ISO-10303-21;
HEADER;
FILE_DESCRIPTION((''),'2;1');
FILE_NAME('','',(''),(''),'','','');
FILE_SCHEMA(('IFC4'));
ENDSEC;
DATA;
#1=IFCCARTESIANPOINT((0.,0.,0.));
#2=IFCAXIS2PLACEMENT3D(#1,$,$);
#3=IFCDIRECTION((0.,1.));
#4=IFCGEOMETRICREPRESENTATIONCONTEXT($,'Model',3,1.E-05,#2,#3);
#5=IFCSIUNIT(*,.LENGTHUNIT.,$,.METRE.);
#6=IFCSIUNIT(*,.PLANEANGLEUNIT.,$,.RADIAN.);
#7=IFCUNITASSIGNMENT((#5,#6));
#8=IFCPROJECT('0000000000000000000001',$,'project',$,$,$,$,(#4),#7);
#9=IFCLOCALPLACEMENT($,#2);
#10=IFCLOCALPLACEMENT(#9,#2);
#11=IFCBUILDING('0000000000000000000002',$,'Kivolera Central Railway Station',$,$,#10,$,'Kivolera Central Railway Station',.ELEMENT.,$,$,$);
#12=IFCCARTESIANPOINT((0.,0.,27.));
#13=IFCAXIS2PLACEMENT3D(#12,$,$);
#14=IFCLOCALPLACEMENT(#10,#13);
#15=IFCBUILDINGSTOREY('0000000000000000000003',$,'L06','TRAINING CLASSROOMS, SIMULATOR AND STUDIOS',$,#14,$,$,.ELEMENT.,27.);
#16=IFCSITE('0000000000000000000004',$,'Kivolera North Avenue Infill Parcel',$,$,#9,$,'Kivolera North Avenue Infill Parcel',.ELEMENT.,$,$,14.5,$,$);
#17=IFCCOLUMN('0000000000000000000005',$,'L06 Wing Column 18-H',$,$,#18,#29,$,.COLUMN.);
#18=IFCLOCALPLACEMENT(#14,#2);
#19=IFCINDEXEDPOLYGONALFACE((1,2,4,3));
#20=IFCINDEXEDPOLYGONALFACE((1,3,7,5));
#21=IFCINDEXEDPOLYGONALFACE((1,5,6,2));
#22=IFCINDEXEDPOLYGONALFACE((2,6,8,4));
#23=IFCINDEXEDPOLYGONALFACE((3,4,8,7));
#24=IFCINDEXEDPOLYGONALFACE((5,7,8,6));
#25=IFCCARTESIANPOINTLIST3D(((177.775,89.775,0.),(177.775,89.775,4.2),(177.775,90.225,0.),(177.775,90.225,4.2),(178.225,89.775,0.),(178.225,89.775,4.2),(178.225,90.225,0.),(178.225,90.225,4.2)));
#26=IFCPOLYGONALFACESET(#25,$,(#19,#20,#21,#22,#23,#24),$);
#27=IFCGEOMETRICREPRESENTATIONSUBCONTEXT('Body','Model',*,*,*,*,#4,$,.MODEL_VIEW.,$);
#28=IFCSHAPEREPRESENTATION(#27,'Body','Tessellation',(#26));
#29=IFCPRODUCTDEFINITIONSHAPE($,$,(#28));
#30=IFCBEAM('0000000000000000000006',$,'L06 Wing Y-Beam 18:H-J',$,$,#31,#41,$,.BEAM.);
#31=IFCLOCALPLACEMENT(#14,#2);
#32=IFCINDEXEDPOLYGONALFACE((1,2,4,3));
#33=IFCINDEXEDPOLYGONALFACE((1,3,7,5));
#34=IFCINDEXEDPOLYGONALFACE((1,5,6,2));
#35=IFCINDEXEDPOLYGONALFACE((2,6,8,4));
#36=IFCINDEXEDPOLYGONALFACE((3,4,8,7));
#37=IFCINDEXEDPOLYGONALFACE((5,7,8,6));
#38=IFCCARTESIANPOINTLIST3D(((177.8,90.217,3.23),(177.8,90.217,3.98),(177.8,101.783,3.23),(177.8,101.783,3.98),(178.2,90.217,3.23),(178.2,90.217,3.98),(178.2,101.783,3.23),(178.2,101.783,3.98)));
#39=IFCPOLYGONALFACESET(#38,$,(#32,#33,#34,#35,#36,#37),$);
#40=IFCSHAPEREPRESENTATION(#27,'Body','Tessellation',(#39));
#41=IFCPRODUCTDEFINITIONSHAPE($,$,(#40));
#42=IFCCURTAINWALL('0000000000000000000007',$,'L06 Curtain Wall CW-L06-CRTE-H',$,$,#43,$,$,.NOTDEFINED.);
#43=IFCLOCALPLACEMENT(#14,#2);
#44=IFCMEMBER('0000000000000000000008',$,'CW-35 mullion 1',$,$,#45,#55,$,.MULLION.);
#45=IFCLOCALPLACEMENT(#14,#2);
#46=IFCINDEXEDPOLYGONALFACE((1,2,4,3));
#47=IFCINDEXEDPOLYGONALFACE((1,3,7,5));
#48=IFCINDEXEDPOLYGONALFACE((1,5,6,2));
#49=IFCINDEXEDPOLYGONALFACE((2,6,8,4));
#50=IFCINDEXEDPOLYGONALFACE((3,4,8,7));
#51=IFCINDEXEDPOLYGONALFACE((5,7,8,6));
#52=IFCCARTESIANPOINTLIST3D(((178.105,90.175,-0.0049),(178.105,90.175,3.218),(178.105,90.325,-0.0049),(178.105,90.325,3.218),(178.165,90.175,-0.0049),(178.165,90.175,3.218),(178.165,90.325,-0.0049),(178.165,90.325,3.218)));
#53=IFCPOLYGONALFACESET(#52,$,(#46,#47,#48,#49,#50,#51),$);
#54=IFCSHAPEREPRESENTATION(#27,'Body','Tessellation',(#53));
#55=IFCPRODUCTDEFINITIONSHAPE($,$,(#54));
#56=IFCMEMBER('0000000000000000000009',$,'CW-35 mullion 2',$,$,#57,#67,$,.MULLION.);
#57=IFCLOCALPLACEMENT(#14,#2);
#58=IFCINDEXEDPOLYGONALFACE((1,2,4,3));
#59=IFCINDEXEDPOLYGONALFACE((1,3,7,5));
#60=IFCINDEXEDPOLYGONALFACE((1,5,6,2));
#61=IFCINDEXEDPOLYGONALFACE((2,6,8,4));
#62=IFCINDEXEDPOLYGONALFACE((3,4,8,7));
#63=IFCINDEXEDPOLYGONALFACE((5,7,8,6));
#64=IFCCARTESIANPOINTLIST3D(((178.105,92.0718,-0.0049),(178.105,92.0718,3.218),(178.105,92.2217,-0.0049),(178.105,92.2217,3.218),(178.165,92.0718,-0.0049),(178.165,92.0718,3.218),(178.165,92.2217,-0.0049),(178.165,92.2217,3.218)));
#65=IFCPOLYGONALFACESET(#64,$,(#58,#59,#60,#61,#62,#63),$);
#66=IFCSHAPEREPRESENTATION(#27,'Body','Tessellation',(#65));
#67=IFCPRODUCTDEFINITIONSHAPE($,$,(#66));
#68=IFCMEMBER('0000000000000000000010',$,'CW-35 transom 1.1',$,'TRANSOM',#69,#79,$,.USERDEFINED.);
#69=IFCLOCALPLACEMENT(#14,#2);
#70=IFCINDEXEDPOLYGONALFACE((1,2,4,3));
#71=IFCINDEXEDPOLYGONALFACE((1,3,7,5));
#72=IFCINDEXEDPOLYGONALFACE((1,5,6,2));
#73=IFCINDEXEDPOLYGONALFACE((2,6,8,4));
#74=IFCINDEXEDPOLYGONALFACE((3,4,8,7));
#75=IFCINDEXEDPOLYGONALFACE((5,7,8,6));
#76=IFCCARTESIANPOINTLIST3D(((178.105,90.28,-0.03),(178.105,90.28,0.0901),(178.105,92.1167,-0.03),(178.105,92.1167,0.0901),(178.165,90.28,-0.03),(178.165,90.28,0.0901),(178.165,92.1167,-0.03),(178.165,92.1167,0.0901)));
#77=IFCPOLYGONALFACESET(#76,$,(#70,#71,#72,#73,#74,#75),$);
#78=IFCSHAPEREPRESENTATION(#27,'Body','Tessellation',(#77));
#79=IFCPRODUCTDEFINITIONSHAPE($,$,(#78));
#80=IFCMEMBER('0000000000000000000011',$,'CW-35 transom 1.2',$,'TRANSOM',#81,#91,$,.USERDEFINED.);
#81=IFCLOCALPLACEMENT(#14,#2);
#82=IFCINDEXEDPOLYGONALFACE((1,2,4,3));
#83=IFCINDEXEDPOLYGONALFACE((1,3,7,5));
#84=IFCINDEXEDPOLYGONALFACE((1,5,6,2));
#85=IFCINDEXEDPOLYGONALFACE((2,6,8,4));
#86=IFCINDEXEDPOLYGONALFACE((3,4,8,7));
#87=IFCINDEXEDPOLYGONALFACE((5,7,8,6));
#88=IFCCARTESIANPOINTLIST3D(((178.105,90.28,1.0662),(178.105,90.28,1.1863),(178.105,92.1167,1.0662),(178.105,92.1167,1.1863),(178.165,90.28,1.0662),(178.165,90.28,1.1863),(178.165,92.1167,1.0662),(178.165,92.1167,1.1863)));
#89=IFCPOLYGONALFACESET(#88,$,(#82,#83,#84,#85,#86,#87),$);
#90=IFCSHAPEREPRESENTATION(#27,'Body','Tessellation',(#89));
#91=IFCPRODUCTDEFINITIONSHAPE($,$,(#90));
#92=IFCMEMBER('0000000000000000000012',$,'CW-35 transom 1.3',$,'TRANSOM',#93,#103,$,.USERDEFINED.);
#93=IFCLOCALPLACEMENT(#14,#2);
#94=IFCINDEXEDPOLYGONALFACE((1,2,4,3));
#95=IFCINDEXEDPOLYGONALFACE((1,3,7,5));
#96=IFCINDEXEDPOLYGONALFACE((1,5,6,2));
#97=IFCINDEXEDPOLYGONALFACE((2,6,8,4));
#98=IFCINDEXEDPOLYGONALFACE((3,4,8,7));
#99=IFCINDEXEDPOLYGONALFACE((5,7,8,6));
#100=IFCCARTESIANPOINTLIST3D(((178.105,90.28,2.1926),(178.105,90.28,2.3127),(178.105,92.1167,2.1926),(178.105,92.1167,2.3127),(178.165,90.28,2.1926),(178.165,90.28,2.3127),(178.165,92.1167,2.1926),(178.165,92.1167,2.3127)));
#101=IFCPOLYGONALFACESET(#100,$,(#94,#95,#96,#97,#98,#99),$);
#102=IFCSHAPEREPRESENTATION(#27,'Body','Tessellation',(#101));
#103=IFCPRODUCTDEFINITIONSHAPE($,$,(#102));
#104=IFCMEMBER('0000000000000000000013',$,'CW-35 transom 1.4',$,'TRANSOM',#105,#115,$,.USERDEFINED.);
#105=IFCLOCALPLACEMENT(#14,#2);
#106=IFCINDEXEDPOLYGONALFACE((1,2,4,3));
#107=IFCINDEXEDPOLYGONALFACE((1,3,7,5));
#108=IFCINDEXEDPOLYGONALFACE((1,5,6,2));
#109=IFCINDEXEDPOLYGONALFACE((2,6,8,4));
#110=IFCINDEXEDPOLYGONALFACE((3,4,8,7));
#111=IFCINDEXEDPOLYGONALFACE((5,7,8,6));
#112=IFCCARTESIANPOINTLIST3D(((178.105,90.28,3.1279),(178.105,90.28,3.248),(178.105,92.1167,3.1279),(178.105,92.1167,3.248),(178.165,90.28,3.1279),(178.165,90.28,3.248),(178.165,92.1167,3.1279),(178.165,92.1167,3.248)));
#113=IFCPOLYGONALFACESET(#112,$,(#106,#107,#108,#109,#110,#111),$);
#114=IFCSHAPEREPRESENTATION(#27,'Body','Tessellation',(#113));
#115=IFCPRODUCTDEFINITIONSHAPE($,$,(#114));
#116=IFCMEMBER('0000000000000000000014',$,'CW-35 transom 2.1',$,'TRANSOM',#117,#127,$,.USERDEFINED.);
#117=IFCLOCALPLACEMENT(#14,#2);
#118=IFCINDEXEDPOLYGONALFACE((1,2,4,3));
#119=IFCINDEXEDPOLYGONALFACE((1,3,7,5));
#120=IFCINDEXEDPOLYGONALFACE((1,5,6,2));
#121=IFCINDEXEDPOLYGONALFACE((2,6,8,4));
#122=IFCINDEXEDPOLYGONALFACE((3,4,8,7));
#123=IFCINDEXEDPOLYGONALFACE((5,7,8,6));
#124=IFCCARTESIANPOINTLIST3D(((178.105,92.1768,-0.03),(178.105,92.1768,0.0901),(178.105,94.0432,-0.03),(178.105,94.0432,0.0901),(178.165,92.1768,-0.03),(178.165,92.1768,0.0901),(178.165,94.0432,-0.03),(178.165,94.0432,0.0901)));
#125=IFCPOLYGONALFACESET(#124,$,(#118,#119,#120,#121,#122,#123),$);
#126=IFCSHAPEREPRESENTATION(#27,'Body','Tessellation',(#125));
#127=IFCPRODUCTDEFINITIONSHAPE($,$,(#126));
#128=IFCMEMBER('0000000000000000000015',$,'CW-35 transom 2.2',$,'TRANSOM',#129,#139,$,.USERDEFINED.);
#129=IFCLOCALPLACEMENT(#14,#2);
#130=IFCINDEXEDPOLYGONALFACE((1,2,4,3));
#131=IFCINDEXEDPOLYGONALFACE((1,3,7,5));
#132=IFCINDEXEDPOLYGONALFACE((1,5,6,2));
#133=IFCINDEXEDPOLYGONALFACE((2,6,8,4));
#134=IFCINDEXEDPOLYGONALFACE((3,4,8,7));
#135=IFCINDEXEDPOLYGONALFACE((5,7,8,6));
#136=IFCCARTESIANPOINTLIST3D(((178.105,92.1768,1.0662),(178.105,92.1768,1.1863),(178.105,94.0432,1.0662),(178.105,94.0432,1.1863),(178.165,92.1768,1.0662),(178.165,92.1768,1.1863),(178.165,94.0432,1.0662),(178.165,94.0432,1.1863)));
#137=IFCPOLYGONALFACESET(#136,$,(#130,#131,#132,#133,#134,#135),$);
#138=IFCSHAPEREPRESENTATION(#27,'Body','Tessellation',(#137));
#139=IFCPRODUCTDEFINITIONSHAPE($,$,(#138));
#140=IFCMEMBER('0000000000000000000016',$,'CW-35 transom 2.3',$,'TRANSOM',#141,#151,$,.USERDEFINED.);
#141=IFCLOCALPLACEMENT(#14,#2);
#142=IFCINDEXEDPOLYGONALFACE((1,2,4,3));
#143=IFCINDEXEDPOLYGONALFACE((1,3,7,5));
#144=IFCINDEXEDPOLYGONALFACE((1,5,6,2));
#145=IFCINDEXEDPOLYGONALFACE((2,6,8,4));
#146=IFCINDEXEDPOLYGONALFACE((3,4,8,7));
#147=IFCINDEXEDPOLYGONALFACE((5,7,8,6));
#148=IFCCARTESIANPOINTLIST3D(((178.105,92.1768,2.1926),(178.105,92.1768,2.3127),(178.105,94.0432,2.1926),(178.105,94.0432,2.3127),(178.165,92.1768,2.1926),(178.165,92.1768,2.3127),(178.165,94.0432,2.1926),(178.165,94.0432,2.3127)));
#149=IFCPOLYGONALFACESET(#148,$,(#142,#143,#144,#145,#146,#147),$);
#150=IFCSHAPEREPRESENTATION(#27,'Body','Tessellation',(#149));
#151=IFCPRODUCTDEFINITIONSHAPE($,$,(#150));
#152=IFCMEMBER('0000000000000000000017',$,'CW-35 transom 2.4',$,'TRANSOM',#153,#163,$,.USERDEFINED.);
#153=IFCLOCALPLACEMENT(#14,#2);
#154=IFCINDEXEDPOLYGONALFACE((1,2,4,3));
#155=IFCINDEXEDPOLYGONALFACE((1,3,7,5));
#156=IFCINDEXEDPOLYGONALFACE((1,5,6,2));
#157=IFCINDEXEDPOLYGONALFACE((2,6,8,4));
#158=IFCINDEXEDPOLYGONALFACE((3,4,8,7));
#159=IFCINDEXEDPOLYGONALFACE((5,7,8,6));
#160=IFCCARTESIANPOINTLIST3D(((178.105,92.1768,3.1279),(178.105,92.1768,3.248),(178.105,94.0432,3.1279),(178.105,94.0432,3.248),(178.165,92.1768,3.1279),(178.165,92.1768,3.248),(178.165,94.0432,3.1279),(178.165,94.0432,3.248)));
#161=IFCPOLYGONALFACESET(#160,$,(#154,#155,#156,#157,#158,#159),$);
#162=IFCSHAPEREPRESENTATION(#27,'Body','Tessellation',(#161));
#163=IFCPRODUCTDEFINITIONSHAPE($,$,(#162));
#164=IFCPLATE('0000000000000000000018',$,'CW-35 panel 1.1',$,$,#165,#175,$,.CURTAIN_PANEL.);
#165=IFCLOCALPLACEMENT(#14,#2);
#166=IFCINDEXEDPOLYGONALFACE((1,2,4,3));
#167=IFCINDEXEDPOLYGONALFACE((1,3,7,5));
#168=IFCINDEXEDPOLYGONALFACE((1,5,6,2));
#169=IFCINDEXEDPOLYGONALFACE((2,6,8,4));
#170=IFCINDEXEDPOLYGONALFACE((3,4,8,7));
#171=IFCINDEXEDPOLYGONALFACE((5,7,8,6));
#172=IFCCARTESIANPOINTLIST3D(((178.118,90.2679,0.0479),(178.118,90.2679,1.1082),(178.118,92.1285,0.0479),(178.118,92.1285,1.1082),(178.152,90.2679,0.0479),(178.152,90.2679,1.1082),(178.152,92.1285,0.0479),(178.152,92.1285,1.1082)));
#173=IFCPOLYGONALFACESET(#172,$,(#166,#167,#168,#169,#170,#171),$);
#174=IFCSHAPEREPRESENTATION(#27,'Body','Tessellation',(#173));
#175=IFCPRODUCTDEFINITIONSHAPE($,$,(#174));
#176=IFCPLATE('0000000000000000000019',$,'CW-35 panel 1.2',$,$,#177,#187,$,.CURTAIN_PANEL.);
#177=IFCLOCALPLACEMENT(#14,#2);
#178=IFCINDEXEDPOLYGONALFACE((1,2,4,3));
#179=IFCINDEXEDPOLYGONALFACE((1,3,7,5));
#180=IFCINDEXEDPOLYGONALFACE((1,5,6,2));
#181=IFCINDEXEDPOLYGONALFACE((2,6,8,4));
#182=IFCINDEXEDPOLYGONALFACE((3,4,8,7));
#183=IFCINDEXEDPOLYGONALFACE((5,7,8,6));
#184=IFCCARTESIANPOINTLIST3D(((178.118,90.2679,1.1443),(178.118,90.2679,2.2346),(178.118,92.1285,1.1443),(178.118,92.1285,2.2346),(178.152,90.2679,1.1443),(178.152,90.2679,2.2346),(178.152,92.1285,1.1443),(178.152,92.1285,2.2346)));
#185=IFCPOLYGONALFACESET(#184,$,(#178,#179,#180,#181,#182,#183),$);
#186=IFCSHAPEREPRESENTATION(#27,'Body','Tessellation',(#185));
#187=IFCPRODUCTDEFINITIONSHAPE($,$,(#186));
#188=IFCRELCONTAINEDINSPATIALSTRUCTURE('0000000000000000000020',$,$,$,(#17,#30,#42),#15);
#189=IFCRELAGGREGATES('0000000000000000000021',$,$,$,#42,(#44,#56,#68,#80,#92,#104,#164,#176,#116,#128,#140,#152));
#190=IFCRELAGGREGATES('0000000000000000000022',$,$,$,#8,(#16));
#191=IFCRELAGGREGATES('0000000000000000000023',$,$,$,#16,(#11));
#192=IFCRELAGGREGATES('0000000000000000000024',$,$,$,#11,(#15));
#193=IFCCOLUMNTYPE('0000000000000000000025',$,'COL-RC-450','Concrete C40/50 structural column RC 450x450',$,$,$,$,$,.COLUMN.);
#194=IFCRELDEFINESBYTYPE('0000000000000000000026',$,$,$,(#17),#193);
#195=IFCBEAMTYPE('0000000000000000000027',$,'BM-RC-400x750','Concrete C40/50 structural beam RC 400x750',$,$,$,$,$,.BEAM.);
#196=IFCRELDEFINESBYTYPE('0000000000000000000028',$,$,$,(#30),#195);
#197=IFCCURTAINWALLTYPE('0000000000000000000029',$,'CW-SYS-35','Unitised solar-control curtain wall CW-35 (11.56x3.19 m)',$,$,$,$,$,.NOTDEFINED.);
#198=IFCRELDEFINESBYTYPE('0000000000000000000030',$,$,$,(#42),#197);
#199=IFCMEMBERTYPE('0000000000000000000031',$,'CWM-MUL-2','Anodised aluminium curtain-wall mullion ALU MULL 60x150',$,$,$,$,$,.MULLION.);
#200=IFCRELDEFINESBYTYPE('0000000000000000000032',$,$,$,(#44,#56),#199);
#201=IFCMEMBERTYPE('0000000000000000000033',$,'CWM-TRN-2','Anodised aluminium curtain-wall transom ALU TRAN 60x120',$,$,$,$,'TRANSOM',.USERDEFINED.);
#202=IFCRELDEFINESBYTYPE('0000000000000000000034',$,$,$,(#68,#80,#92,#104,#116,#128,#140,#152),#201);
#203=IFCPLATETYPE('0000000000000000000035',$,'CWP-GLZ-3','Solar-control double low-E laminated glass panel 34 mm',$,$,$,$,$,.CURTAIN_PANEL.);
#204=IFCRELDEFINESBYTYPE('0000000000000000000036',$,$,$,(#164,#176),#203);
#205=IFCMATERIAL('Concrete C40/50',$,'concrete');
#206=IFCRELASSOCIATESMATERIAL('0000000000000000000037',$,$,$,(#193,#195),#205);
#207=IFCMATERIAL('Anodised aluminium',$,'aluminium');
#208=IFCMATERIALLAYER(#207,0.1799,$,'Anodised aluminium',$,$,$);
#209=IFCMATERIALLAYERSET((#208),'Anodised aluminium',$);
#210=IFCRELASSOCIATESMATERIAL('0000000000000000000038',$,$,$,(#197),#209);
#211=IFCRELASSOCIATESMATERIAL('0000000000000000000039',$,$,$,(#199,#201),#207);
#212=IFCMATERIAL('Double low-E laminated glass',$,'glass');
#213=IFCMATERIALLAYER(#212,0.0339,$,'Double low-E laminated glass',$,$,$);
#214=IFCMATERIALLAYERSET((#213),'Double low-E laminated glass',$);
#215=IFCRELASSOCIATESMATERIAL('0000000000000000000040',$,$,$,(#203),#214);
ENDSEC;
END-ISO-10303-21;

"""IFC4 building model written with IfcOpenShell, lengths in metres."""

from ifc_helpers import new_model, si_unit, direction, frame, origin, origin_2d, place, context, subcontext, project, spatial, rectangle, extrude, material, layer, layer_set, material_profile, profile_set, type_object, element, aggregate, save


model = new_model("IFC4")

# Units and contexts
model_context = context("Model", 3, precision=1e-05, world=origin(), true_north=direction((0.0, 1.0)))
body_context = subcontext(model_context, "Body", "Model", "MODEL_VIEW")
ifc_project = project(units=[si_unit("LENGTHUNIT", "METRE"), si_unit("PLANEANGLEUNIT", "RADIAN")], contexts=[model_context])

# Site, building, storey
site_placement = place(None, origin())
site = spatial("IfcSite", under=ifc_project, at=site_placement, Name="Kivolera North Avenue Infill Parcel", LongName="Kivolera North Avenue Infill Parcel", CompositionType="ELEMENT", RefElevation=14.5)
building_placement = place(site_placement, origin())
building = spatial("IfcBuilding", under=site, at=building_placement, Name="Kivolera Central Railway Station", LongName="Kivolera Central Railway Station", CompositionType="ELEMENT")
storey_placement = place(building_placement, frame((0.0, 0.0, 27.0)))
storey = spatial("IfcBuildingStorey", under=building, at=storey_placement, Name="L06", Description="TRAINING CLASSROOMS, SIMULATOR AND STUDIOS", CompositionType="ELEMENT", Elevation=27.0)

# Column
ifc_material_1 = material(Name="Concrete C40/50", Category="concrete")
ifc_material_profile_1 = material_profile(ifc_material_1, rectangle(XDim=0.45, YDim=0.45, at=origin_2d()), Name="RC 450x450")
ifc_profile_set_1 = profile_set([ifc_material_profile_1], Name="Concrete C40/50")
column_type = type_object("IfcColumnType", Name="COL-RC-450", Description="Concrete C40/50 structural column RC 450x450", PredefinedType="COLUMN", material=ifc_profile_set_1)
column_placement = place(storey_placement, frame((178.0, 90.0, 0.0), z_axis=(0.0, 0.0, 1.0), x_axis=(1.0, 0.0, 0.0)))
element("IfcColumn", 1, at=column_placement, inside=storey, type_object=column_type, Name="L06 Wing Column 18-H", PredefinedType="COLUMN", context=body_context, shape_type="SweptSolid", body=[
    extrude(rectangle(XDim=0.45, YDim=0.45, at=origin_2d()), origin(), (0.0, 0.0, 1.0), 4.2),
])

# Beam
ifc_material_profile_2 = material_profile(ifc_material_1, rectangle(XDim=0.3999, YDim=0.75, at=origin_2d()), Name="RC 400x750")
ifc_profile_set_2 = profile_set([ifc_material_profile_2], Name="Concrete C40/50")
beam_type = type_object("IfcBeamType", Name="BM-RC-400x750", Description="Concrete C40/50 structural beam RC 400x750", PredefinedType="BEAM", material=ifc_profile_set_2)
beam_placement = place(storey_placement, frame((178.0, 90.217, 3.605), z_axis=(0.0, 1.0, 0.0), x_axis=(-1.0, 0.0, 0.0)))
element("IfcBeam", 2, at=beam_placement, inside=storey, type_object=beam_type, Name="L06 Wing Y-Beam 18:H-J", PredefinedType="BEAM", context=body_context, shape_type="SweptSolid", body=[
    extrude(rectangle(XDim=0.3999, YDim=0.75, at=origin_2d()), origin(), (0.0, 0.0, 1.0), 11.5659),
])

# Curtain wall, members, plates
ifc_material_2 = material(Name="Anodised aluminium", Category="aluminium")
ifc_layer_1 = layer(ifc_material_2, 0.1799, Name="Anodised aluminium")
ifc_layer_set_1 = layer_set([ifc_layer_1], Name="Anodised aluminium")
curtain_wall_type = type_object("IfcCurtainWallType", Name="CW-SYS-35", Description="Unitised solar-control curtain wall CW-35 (11.56x3.19 m)", PredefinedType="NOTDEFINED", material=ifc_layer_set_1)
curtain_wall_placement = place(storey_placement, origin())
curtain_wall = element("IfcCurtainWall", 3, at=curtain_wall_placement, inside=storey, type_object=curtain_wall_type, Name="L06 Curtain Wall CW-L06-CRTE-H", PredefinedType="NOTDEFINED")
ifc_material_profile_3 = material_profile(ifc_material_2, rectangle(XDim=0.0601, YDim=0.1499, at=origin_2d()), Name="ALU MULL 60x150")
ifc_profile_set_3 = profile_set([ifc_material_profile_3], Name="Anodised aluminium")
member_type_1 = type_object("IfcMemberType", Name="CWM-MUL-2", Description="Anodised aluminium curtain-wall mullion ALU MULL 60x150", PredefinedType="MULLION", material=ifc_profile_set_3)
member_1_placement = place(storey_placement, frame((178.135, 90.25, -0.0049), z_axis=(0.0, 0.0, 1.0), x_axis=(-1.0, 0.0, 0.0)))
member_1 = element("IfcMember", 4, at=member_1_placement, type_object=member_type_1, Name="CW-35 mullion 1", PredefinedType="MULLION", context=body_context, shape_type="SweptSolid", body=[
    extrude(rectangle(XDim=0.0601, YDim=0.1499, at=origin_2d()), origin(), (0.0, 0.0, 1.0), 3.2229),
])
member_2_placement = place(storey_placement, frame((178.135, 92.1467, -0.0049), z_axis=(0.0, 0.0, 1.0), x_axis=(-1.0, 0.0, 0.0)))
member_2 = element("IfcMember", 5, at=member_2_placement, type_object=member_type_1, Name="CW-35 mullion 2", PredefinedType="MULLION", context=body_context, shape_type="SweptSolid", body=[
    extrude(rectangle(XDim=0.0601, YDim=0.1499, at=origin_2d()), origin(), (0.0, 0.0, 1.0), 3.2229),
])
ifc_material_profile_4 = material_profile(ifc_material_2, rectangle(XDim=0.0601, YDim=0.1201, at=origin_2d()), Name="ALU TRAN 60x120")
ifc_profile_set_4 = profile_set([ifc_material_profile_4], Name="Anodised aluminium")
member_type_2 = type_object("IfcMemberType", Name="CWM-TRN-2", Description="Anodised aluminium curtain-wall transom ALU TRAN 60x120", ElementType="TRANSOM", PredefinedType="USERDEFINED", material=ifc_profile_set_4)
member_3_placement = place(storey_placement, frame((178.135, 90.28, 0.03), z_axis=(0.0, 1.0, 0.0), x_axis=(-1.0, 0.0, 0.0)))
member_3 = element("IfcMember", 6, at=member_3_placement, type_object=member_type_2, Name="CW-35 transom 1.1", ObjectType="TRANSOM", PredefinedType="USERDEFINED", context=body_context, shape_type="SweptSolid", body=[
    extrude(rectangle(XDim=0.0601, YDim=0.1201, at=origin_2d()), origin(), (0.0, 0.0, 1.0), 1.8367),
])
member_4_placement = place(storey_placement, frame((178.135, 90.28, 1.1262), z_axis=(0.0, 1.0, 0.0), x_axis=(-1.0, 0.0, 0.0)))
member_4 = element("IfcMember", 7, at=member_4_placement, type_object=member_type_2, Name="CW-35 transom 1.2", ObjectType="TRANSOM", PredefinedType="USERDEFINED", context=body_context, shape_type="SweptSolid", body=[
    extrude(rectangle(XDim=0.0601, YDim=0.1201, at=origin_2d()), origin(), (0.0, 0.0, 1.0), 1.8367),
])
member_5_placement = place(storey_placement, frame((178.135, 90.28, 2.2527), z_axis=(0.0, 1.0, 0.0), x_axis=(-1.0, 0.0, 0.0)))
member_5 = element("IfcMember", 8, at=member_5_placement, type_object=member_type_2, Name="CW-35 transom 1.3", ObjectType="TRANSOM", PredefinedType="USERDEFINED", context=body_context, shape_type="SweptSolid", body=[
    extrude(rectangle(XDim=0.0601, YDim=0.1201, at=origin_2d()), origin(), (0.0, 0.0, 1.0), 1.8367),
])
member_6_placement = place(storey_placement, frame((178.135, 90.28, 3.188), z_axis=(0.0, 1.0, 0.0), x_axis=(-1.0, 0.0, 0.0)))
member_6 = element("IfcMember", 9, at=member_6_placement, type_object=member_type_2, Name="CW-35 transom 1.4", ObjectType="TRANSOM", PredefinedType="USERDEFINED", context=body_context, shape_type="SweptSolid", body=[
    extrude(rectangle(XDim=0.0601, YDim=0.1201, at=origin_2d()), origin(), (0.0, 0.0, 1.0), 1.8367),
])
member_7_placement = place(storey_placement, frame((178.135, 92.1768, 0.03), z_axis=(0.0, 1.0, 0.0), x_axis=(-1.0, 0.0, 0.0)))
member_7 = element("IfcMember", 10, at=member_7_placement, type_object=member_type_2, Name="CW-35 transom 2.1", ObjectType="TRANSOM", PredefinedType="USERDEFINED", context=body_context, shape_type="SweptSolid", body=[
    extrude(rectangle(XDim=0.0601, YDim=0.1201, at=origin_2d()), origin(), (0.0, 0.0, 1.0), 1.8665),
])
member_8_placement = place(storey_placement, frame((178.135, 92.1768, 1.1262), z_axis=(0.0, 1.0, 0.0), x_axis=(-1.0, 0.0, 0.0)))
member_8 = element("IfcMember", 11, at=member_8_placement, type_object=member_type_2, Name="CW-35 transom 2.2", ObjectType="TRANSOM", PredefinedType="USERDEFINED", context=body_context, shape_type="SweptSolid", body=[
    extrude(rectangle(XDim=0.0601, YDim=0.1201, at=origin_2d()), origin(), (0.0, 0.0, 1.0), 1.8665),
])
member_9_placement = place(storey_placement, frame((178.135, 92.1768, 2.2527), z_axis=(0.0, 1.0, 0.0), x_axis=(-1.0, 0.0, 0.0)))
member_9 = element("IfcMember", 12, at=member_9_placement, type_object=member_type_2, Name="CW-35 transom 2.3", ObjectType="TRANSOM", PredefinedType="USERDEFINED", context=body_context, shape_type="SweptSolid", body=[
    extrude(rectangle(XDim=0.0601, YDim=0.1201, at=origin_2d()), origin(), (0.0, 0.0, 1.0), 1.8665),
])
member_10_placement = place(storey_placement, frame((178.135, 92.1768, 3.188), z_axis=(0.0, 1.0, 0.0), x_axis=(-1.0, 0.0, 0.0)))
member_10 = element("IfcMember", 13, at=member_10_placement, type_object=member_type_2, Name="CW-35 transom 2.4", ObjectType="TRANSOM", PredefinedType="USERDEFINED", context=body_context, shape_type="SweptSolid", body=[
    extrude(rectangle(XDim=0.0601, YDim=0.1201, at=origin_2d()), origin(), (0.0, 0.0, 1.0), 1.8665),
])
ifc_material_3 = material(Name="Double low-E laminated glass", Category="glass")
ifc_layer_2 = layer(ifc_material_3, 0.0339, Name="Double low-E laminated glass")
ifc_layer_set_2 = layer_set([ifc_layer_2], Name="Double low-E laminated glass")
plate_type = type_object("IfcPlateType", Name="CWP-GLZ-3", Description="Solar-control double low-E laminated glass panel 34 mm", PredefinedType="CURTAIN_PANEL", material=ifc_layer_set_2)
plate_1_placement = place(storey_placement, frame((178.135, 91.1982, 0.0479), z_axis=(0.0, 0.0, 1.0), x_axis=(0.0, 1.0, 0.0)))
plate_1 = element("IfcPlate", 14, at=plate_1_placement, type_object=plate_type, Name="CW-35 panel 1.1", PredefinedType="CURTAIN_PANEL", context=body_context, shape_type="SweptSolid", body=[
    extrude(rectangle(XDim=1.8606, YDim=0.0339, at=origin_2d()), origin(), (0.0, 0.0, 1.0), 1.0603),
])
plate_2_placement = place(storey_placement, frame((178.135, 91.1982, 1.1443), z_axis=(0.0, 0.0, 1.0), x_axis=(0.0, 1.0, 0.0)))
plate_2 = element("IfcPlate", 15, at=plate_2_placement, type_object=plate_type, Name="CW-35 panel 1.2", PredefinedType="CURTAIN_PANEL", context=body_context, shape_type="SweptSolid", body=[
    extrude(rectangle(XDim=1.8606, YDim=0.0339, at=origin_2d()), origin(), (0.0, 0.0, 1.0), 1.0903),
])
aggregate(curtain_wall, [member_1, member_2, member_3, member_4, member_5, member_6, plate_1, plate_2, member_7, member_8, member_9, member_10])

save(model, "model.ifc")
